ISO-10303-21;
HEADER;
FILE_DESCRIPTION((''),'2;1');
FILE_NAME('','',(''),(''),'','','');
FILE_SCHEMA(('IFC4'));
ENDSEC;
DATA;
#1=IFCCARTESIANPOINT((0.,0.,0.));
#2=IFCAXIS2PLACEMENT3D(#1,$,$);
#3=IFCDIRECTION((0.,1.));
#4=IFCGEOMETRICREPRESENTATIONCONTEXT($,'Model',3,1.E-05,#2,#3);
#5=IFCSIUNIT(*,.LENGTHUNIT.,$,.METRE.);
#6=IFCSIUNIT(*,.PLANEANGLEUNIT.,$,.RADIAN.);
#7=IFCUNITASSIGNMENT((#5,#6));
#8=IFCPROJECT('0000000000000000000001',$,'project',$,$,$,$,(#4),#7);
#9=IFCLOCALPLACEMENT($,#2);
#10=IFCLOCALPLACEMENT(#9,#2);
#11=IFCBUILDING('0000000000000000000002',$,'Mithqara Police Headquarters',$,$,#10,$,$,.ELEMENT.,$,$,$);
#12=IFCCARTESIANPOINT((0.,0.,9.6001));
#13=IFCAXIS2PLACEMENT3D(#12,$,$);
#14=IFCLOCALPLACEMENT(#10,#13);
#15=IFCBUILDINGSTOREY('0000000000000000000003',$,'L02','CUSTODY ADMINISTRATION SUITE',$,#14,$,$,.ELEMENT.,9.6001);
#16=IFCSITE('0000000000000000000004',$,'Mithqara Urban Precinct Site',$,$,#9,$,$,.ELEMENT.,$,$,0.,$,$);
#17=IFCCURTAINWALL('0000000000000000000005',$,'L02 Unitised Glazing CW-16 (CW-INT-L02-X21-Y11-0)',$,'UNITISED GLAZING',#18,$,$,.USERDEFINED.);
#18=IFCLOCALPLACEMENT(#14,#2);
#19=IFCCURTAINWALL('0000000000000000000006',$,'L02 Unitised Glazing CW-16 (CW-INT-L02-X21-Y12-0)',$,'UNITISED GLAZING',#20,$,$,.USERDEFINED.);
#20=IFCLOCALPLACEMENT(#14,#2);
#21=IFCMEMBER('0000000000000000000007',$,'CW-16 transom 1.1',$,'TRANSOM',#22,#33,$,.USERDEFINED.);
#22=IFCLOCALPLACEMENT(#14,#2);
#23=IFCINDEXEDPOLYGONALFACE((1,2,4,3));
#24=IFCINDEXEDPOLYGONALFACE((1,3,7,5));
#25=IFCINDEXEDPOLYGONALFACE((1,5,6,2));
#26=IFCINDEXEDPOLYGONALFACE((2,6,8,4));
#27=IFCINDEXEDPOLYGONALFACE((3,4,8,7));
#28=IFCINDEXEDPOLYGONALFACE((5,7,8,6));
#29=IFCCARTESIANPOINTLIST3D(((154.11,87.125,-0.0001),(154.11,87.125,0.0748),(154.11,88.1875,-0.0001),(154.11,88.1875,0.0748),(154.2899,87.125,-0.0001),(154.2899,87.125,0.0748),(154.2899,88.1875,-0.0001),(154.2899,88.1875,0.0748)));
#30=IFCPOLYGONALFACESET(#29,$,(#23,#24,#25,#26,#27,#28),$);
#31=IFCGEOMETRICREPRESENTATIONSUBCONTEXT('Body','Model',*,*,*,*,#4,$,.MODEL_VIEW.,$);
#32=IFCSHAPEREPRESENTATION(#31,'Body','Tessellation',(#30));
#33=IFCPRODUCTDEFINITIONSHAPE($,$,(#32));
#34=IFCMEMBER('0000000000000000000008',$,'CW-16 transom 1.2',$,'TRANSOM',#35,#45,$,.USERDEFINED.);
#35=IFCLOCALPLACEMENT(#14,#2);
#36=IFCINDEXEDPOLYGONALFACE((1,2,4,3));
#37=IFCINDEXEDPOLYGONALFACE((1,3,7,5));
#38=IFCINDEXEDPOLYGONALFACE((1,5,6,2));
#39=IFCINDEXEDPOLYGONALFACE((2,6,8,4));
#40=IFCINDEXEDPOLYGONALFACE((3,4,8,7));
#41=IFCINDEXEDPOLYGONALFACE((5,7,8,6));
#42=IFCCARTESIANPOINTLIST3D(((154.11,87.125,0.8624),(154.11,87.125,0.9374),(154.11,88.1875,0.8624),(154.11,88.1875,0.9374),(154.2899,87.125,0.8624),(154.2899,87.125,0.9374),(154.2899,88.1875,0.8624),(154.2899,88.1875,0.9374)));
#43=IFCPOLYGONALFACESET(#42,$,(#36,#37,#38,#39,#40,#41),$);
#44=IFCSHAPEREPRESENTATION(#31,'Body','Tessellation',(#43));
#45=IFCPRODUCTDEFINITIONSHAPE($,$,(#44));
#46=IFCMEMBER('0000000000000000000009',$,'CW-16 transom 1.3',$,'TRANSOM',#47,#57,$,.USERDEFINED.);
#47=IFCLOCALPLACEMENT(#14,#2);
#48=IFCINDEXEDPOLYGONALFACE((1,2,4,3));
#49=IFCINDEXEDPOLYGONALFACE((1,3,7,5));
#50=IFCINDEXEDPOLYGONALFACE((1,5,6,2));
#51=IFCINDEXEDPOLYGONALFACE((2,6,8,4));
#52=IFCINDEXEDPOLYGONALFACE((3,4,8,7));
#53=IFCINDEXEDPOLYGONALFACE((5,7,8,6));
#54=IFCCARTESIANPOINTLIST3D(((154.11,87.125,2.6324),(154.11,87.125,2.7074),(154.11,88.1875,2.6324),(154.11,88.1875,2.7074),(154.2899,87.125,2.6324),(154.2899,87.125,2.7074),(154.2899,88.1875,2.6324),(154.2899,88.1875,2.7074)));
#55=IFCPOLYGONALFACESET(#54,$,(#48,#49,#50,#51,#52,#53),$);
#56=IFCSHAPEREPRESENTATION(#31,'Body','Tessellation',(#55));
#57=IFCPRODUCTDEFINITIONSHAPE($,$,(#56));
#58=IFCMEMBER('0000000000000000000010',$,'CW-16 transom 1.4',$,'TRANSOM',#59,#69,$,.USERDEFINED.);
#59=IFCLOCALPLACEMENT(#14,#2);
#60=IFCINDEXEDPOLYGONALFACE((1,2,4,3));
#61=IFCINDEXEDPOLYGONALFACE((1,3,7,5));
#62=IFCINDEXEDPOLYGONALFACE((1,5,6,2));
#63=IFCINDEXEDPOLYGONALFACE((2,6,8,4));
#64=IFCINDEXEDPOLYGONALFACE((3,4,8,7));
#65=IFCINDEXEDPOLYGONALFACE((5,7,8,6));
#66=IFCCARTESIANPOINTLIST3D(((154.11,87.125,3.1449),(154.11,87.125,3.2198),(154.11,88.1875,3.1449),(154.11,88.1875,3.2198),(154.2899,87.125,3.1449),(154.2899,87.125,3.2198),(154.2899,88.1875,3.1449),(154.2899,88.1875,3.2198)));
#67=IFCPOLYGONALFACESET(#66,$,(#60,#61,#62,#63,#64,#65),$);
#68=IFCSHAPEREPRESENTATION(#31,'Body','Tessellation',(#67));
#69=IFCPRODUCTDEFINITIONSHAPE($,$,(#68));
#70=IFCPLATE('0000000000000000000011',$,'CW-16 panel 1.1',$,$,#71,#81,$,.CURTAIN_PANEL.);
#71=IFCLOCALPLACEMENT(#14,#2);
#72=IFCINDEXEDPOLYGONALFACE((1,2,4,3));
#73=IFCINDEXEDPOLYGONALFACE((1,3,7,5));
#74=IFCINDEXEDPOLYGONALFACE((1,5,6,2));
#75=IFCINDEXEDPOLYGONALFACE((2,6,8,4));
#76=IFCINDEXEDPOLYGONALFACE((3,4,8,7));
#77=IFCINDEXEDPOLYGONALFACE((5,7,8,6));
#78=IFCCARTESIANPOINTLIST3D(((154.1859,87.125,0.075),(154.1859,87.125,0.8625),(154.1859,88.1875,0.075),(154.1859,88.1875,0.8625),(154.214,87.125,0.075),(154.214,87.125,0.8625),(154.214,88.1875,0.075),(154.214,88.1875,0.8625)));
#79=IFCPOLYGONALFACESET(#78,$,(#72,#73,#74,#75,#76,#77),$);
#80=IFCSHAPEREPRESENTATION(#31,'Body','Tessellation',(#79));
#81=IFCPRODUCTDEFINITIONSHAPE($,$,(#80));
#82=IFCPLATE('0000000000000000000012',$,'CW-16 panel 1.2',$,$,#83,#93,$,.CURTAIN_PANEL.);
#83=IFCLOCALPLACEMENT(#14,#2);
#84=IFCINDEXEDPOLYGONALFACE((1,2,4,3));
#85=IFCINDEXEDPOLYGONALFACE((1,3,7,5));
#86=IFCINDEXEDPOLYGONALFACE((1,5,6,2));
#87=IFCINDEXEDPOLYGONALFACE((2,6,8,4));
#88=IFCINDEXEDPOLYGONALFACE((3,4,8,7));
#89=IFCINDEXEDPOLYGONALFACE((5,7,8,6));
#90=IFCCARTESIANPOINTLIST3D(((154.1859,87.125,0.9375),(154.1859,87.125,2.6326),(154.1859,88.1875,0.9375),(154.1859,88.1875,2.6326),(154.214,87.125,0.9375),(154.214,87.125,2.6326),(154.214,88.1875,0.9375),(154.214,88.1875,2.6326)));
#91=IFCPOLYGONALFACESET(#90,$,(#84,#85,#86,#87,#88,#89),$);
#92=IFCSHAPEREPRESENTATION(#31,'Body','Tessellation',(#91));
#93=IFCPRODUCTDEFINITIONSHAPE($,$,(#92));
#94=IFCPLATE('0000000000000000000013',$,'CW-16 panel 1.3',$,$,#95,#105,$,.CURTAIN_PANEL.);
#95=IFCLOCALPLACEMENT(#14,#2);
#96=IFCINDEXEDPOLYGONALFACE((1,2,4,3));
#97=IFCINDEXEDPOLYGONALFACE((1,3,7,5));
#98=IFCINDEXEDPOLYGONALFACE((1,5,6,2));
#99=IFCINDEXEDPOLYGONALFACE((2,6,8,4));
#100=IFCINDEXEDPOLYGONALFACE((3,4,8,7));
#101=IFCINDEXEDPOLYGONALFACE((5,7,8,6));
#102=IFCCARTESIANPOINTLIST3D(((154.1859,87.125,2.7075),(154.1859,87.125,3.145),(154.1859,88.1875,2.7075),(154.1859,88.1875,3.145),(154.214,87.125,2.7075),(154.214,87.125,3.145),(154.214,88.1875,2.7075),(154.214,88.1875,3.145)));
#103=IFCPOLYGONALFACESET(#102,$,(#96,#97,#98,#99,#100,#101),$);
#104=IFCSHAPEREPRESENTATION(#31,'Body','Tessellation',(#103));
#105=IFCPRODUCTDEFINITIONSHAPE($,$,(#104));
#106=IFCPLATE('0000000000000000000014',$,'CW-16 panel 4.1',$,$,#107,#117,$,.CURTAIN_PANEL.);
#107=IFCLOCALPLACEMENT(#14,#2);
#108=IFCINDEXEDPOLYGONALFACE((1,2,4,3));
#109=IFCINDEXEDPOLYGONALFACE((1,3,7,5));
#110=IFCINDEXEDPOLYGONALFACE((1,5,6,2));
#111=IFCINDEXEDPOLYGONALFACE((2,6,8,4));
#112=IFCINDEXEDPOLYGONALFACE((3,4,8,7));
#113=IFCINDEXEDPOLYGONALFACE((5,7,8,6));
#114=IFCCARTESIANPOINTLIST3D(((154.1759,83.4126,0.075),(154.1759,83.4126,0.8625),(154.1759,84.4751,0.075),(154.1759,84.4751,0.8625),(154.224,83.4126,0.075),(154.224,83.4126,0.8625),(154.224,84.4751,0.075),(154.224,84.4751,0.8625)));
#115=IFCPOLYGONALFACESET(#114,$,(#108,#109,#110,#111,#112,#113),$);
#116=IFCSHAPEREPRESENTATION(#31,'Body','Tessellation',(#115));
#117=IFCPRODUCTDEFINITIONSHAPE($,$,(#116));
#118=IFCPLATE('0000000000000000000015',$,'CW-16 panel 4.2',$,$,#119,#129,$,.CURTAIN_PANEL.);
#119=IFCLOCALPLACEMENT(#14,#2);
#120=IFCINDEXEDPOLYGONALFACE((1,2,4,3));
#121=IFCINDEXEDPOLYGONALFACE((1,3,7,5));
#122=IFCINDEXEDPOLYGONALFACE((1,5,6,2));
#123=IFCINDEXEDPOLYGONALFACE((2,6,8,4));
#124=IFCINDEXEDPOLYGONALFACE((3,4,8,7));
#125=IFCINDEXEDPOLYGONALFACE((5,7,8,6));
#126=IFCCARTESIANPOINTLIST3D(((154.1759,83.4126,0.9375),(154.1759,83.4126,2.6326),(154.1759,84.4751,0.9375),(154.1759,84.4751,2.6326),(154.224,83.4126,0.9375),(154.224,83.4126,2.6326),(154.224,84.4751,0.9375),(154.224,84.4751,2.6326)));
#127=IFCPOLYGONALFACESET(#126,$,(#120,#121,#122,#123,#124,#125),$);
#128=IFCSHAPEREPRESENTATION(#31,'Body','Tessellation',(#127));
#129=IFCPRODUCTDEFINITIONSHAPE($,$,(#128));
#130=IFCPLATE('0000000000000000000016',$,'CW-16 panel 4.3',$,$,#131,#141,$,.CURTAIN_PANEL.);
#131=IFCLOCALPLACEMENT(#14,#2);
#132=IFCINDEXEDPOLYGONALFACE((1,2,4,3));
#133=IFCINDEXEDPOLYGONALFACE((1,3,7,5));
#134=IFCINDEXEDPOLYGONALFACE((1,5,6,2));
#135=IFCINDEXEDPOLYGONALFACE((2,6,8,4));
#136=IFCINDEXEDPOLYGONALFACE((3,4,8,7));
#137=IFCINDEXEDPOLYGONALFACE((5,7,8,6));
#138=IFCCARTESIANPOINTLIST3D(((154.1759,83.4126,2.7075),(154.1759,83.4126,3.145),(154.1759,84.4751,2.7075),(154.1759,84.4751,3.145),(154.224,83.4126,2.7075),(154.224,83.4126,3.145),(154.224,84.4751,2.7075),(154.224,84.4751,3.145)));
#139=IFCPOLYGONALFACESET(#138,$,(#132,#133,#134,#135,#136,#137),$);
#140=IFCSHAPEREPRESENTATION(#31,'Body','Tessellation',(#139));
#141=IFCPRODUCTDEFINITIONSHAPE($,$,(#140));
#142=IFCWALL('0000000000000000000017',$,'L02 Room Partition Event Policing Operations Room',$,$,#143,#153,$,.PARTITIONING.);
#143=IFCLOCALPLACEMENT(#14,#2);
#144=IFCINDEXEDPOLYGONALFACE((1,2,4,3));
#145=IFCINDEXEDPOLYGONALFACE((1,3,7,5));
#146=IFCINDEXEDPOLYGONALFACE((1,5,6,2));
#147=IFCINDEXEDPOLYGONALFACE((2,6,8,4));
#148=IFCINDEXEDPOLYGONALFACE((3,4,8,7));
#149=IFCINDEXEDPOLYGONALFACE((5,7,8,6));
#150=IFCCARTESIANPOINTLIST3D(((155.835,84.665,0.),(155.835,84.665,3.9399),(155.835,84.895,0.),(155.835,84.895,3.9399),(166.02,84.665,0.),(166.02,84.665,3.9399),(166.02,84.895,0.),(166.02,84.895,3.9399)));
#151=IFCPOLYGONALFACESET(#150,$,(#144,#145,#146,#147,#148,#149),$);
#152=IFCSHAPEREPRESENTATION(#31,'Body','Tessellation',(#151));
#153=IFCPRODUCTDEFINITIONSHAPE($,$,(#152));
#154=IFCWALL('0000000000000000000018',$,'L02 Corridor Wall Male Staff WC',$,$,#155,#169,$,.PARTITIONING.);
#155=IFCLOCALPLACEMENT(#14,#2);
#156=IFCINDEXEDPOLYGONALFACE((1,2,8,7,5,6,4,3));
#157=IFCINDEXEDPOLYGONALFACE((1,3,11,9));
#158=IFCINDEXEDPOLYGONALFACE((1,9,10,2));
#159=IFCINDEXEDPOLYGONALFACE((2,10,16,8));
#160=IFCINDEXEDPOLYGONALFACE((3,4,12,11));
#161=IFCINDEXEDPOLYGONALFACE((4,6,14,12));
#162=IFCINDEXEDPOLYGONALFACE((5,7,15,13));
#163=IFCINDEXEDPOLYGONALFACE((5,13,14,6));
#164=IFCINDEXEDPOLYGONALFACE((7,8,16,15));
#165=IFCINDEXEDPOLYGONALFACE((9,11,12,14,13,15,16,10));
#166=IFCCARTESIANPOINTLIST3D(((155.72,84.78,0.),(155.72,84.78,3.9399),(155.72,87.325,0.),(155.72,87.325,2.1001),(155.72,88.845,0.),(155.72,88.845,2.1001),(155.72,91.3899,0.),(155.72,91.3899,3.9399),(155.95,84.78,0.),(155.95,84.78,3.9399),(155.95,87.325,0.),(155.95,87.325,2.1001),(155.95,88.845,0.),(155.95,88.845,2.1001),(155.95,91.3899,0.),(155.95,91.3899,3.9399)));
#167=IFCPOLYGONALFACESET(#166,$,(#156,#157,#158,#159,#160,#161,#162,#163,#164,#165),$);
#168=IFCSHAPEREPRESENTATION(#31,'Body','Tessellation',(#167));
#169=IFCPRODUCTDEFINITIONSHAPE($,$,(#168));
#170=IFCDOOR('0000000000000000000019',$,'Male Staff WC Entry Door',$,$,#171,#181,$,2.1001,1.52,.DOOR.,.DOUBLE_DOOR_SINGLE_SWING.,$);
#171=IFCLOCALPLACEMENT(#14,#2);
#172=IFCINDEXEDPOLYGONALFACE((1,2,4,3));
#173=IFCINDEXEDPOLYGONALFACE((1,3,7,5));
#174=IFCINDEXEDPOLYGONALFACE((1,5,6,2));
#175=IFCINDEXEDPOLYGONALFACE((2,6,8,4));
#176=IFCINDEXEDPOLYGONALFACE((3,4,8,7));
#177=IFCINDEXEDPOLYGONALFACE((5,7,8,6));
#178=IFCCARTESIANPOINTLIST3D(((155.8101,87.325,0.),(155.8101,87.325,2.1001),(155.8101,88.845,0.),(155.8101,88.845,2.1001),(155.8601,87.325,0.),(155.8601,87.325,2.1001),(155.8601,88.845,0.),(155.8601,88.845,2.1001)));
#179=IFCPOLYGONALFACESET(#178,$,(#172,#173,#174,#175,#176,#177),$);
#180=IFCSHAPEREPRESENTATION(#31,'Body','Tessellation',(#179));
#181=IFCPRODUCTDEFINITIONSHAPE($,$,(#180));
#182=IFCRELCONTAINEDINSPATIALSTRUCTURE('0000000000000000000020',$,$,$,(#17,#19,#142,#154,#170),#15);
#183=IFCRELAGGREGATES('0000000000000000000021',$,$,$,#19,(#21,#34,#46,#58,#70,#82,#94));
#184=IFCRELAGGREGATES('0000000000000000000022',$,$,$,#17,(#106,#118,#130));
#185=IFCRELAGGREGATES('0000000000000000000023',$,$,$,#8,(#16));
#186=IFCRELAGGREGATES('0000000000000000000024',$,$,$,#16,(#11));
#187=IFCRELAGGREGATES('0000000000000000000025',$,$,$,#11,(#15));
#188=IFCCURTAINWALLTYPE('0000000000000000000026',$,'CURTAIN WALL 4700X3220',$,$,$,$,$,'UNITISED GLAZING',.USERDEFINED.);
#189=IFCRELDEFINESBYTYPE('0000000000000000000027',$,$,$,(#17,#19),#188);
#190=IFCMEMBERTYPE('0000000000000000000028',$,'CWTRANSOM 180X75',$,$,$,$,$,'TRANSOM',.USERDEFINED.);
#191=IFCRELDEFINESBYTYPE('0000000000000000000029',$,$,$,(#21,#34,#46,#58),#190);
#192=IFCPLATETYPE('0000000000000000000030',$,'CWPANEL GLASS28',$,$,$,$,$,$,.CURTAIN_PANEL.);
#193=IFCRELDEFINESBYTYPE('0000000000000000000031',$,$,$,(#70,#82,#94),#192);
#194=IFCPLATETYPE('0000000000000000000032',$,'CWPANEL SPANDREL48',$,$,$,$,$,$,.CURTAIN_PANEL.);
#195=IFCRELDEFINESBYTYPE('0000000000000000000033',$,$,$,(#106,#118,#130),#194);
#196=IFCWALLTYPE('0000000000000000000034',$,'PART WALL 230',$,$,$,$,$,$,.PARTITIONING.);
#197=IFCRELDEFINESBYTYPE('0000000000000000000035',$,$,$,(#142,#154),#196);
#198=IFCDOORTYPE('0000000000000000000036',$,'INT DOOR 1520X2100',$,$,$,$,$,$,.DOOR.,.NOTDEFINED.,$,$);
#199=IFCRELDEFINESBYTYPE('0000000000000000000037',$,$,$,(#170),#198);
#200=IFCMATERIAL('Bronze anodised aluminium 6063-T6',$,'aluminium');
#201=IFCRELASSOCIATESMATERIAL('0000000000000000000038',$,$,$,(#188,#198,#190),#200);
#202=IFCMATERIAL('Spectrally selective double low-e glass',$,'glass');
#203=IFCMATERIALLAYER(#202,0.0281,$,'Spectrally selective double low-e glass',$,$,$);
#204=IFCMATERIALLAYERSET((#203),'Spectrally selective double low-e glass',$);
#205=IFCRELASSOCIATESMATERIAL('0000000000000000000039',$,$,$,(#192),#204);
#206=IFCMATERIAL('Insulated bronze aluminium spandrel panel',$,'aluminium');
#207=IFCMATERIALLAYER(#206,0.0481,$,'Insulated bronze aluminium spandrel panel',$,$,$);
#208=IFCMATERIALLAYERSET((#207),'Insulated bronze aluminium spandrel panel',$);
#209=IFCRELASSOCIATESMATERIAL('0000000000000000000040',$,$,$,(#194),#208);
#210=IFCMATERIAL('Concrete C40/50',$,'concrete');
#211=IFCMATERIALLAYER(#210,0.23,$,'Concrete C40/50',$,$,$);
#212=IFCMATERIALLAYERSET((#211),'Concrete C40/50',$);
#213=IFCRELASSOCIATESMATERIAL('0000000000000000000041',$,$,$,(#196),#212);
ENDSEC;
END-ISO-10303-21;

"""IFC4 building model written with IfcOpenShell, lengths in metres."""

from ifc_helpers import new_model, si_unit, direction, frame, frame_2d, origin, origin_2d, place, context, subcontext, project, spatial, rectangle, extrude, material, layer, layer_set, material_profile, profile_set, type_object, element, fill, aggregate, save


model = new_model("IFC4")

# Units and contexts
model_context = context("Model", 3, precision=1e-05, world=origin(), true_north=direction((0.0, 1.0)))
body_context = subcontext(model_context, "Body", "Model", "MODEL_VIEW")
ifc_project = project(units=[si_unit("LENGTHUNIT", "METRE"), si_unit("PLANEANGLEUNIT", "RADIAN")], contexts=[model_context])

# Site, building, storey
site_placement = place(None, origin())
site = spatial("IfcSite", under=ifc_project, at=site_placement, Name="Mithqara Urban Precinct Site", CompositionType="ELEMENT", RefElevation=0.0)
building_placement = place(site_placement, origin())
building = spatial("IfcBuilding", under=site, at=building_placement, Name="Mithqara Police Headquarters", CompositionType="ELEMENT")
storey_placement = place(building_placement, frame((0.0, 0.0, 9.6001)))
storey = spatial("IfcBuildingStorey", under=building, at=storey_placement, Name="L02", Description="CUSTODY ADMINISTRATION SUITE", CompositionType="ELEMENT", Elevation=9.6001)

# Shared definitions
ifc_material_1 = material(Name="Concrete C40/50", Category="concrete")

# Curtain walls
ifc_material_2 = material(Name="Bronze anodised aluminium 6063-T6", Category="aluminium")
curtain_wall_type = type_object("IfcCurtainWallType", Name="CURTAIN WALL 4700X3220", ElementType="UNITISED GLAZING", PredefinedType="USERDEFINED", material=ifc_material_2)
curtain_wall_1_placement = place(storey_placement, origin())
curtain_wall_1 = element("IfcCurtainWall", 1, at=curtain_wall_1_placement, inside=storey, type_object=curtain_wall_type, Name="L02 Unitised Glazing CW-16 (CW-INT-L02-X21-Y11-0)", ObjectType="UNITISED GLAZING", PredefinedType="USERDEFINED")
curtain_wall_2_placement = place(storey_placement, origin())
curtain_wall_2 = element("IfcCurtainWall", 2, at=curtain_wall_2_placement, inside=storey, type_object=curtain_wall_type, Name="L02 Unitised Glazing CW-16 (CW-INT-L02-X21-Y12-0)", ObjectType="UNITISED GLAZING", PredefinedType="USERDEFINED")

# Members
ifc_material_profile_1 = material_profile(ifc_material_2, rectangle(XDim=0.1799, YDim=0.075, at=origin_2d()), Name="CWT 180x75")
ifc_profile_set_1 = profile_set([ifc_material_profile_1], Name="Bronze anodised aluminium 6063-T6")
member_type_1 = type_object("IfcMemberType", Name="CWTRANSOM 180X75", ElementType="TRANSOM", PredefinedType="USERDEFINED", material=ifc_profile_set_1)
member_1_placement = place(storey_placement, frame((154.2, 87.125, 0.0374), z_axis=(0.0, 1.0, 0.0), x_axis=(-1.0, 0.0, 0.0)))
member_1 = element("IfcMember", 3, at=member_1_placement, type_object=member_type_1, Name="CW-16 transom 1.1", ObjectType="TRANSOM", PredefinedType="USERDEFINED", context=body_context, shape_type="SweptSolid", body=[
    extrude(rectangle(XDim=0.1799, YDim=0.075, at=origin_2d()), origin(), (0.0, 0.0, 1.0), 1.0625),
])
member_2_placement = place(storey_placement, frame((154.2, 87.125, 0.8999), z_axis=(0.0, 1.0, 0.0), x_axis=(-1.0, 0.0, 0.0)))
member_2 = element("IfcMember", 4, at=member_2_placement, type_object=member_type_1, Name="CW-16 transom 1.2", ObjectType="TRANSOM", PredefinedType="USERDEFINED", context=body_context, shape_type="SweptSolid", body=[
    extrude(rectangle(XDim=0.1799, YDim=0.075, at=origin_2d()), origin(), (0.0, 0.0, 1.0), 1.0625),
])
member_3_placement = place(storey_placement, frame((154.2, 87.125, 2.6699), z_axis=(0.0, 1.0, 0.0), x_axis=(-1.0, 0.0, 0.0)))
member_3 = element("IfcMember", 5, at=member_3_placement, type_object=member_type_1, Name="CW-16 transom 1.3", ObjectType="TRANSOM", PredefinedType="USERDEFINED", context=body_context, shape_type="SweptSolid", body=[
    extrude(rectangle(XDim=0.1799, YDim=0.075, at=origin_2d()), origin(), (0.0, 0.0, 1.0), 1.0625),
])
member_4_placement = place(storey_placement, frame((154.2, 87.125, 3.1824), z_axis=(0.0, 1.0, 0.0), x_axis=(-1.0, 0.0, 0.0)))
member_4 = element("IfcMember", 6, at=member_4_placement, type_object=member_type_1, Name="CW-16 transom 1.4", ObjectType="TRANSOM", PredefinedType="USERDEFINED", context=body_context, shape_type="SweptSolid", body=[
    extrude(rectangle(XDim=0.1799, YDim=0.075, at=origin_2d()), origin(), (0.0, 0.0, 1.0), 1.0625),
])

# Plates
ifc_material_3 = material(Name="Spectrally selective double low-e glass", Category="glass")
ifc_layer_1 = layer(ifc_material_3, 0.0281, Name="Spectrally selective double low-e glass")
ifc_layer_set_1 = layer_set([ifc_layer_1], Name="Spectrally selective double low-e glass")
plate_type_1 = type_object("IfcPlateType", Name="CWPANEL GLASS28", PredefinedType="CURTAIN_PANEL", material=ifc_layer_set_1)
plate_1_placement = place(storey_placement, frame((154.2, 87.6562, 0.075), z_axis=(0.0, 0.0, 1.0), x_axis=(0.0, 1.0, 0.0)))
plate_1 = element("IfcPlate", 7, at=plate_1_placement, type_object=plate_type_1, Name="CW-16 panel 1.1", PredefinedType="CURTAIN_PANEL", context=body_context, shape_type="SweptSolid", body=[
    extrude(rectangle(XDim=1.0625, YDim=0.0281, at=origin_2d()), origin(), (0.0, 0.0, 1.0), 0.7876),
])
plate_2_placement = place(storey_placement, frame((154.2, 87.6562, 0.9375), z_axis=(0.0, 0.0, 1.0), x_axis=(0.0, 1.0, 0.0)))
plate_2 = element("IfcPlate", 8, at=plate_2_placement, type_object=plate_type_1, Name="CW-16 panel 1.2", PredefinedType="CURTAIN_PANEL", context=body_context, shape_type="SweptSolid", body=[
    extrude(rectangle(XDim=1.0625, YDim=0.0281, at=origin_2d()), origin(), (0.0, 0.0, 1.0), 1.6951),
])
plate_3_placement = place(storey_placement, frame((154.2, 87.6562, 2.7075), z_axis=(0.0, 0.0, 1.0), x_axis=(0.0, 1.0, 0.0)))
plate_3 = element("IfcPlate", 9, at=plate_3_placement, type_object=plate_type_1, Name="CW-16 panel 1.3", PredefinedType="CURTAIN_PANEL", context=body_context, shape_type="SweptSolid", body=[
    extrude(rectangle(XDim=1.0625, YDim=0.0281, at=origin_2d()), origin(), (0.0, 0.0, 1.0), 0.4375),
])
aggregate(curtain_wall_2, [member_1, member_2, member_3, member_4, plate_1, plate_2, plate_3])
ifc_material_4 = material(Name="Insulated bronze aluminium spandrel panel", Category="aluminium")
ifc_layer_2 = layer(ifc_material_4, 0.0481, Name="Insulated bronze aluminium spandrel panel")
ifc_layer_set_2 = layer_set([ifc_layer_2], Name="Insulated bronze aluminium spandrel panel")
plate_type_2 = type_object("IfcPlateType", Name="CWPANEL SPANDREL48", PredefinedType="CURTAIN_PANEL", material=ifc_layer_set_2)
plate_4_placement = place(storey_placement, frame((154.2, 83.9438, 0.075), z_axis=(0.0, 0.0, 1.0), x_axis=(0.0, 1.0, 0.0)))
plate_4 = element("IfcPlate", 10, at=plate_4_placement, type_object=plate_type_2, Name="CW-16 panel 4.1", PredefinedType="CURTAIN_PANEL", context=body_context, shape_type="SweptSolid", body=[
    extrude(rectangle(XDim=1.0625, YDim=0.0481, at=origin_2d()), origin(), (0.0, 0.0, 1.0), 0.7876),
])
plate_5_placement = place(storey_placement, frame((154.2, 83.9438, 0.9375), z_axis=(0.0, 0.0, 1.0), x_axis=(0.0, 1.0, 0.0)))
plate_5 = element("IfcPlate", 11, at=plate_5_placement, type_object=plate_type_2, Name="CW-16 panel 4.2", PredefinedType="CURTAIN_PANEL", context=body_context, shape_type="SweptSolid", body=[
    extrude(rectangle(XDim=1.0625, YDim=0.0481, at=origin_2d()), origin(), (0.0, 0.0, 1.0), 1.6951),
])
plate_6_placement = place(storey_placement, frame((154.2, 83.9438, 2.7075), z_axis=(0.0, 0.0, 1.0), x_axis=(0.0, 1.0, 0.0)))
plate_6 = element("IfcPlate", 12, at=plate_6_placement, type_object=plate_type_2, Name="CW-16 panel 4.3", PredefinedType="CURTAIN_PANEL", context=body_context, shape_type="SweptSolid", body=[
    extrude(rectangle(XDim=1.0625, YDim=0.0481, at=origin_2d()), origin(), (0.0, 0.0, 1.0), 0.4375),
])
aggregate(curtain_wall_1, [plate_4, plate_5, plate_6])

# Wall
ifc_layer_3 = layer(ifc_material_1, 0.23, Name="Concrete C40/50")
ifc_layer_set_3 = layer_set([ifc_layer_3], Name="Concrete C40/50")
wall_type = type_object("IfcWallType", Name="PART WALL 230", PredefinedType="PARTITIONING", material=ifc_layer_set_3)
wall_1_placement = place(storey_placement, frame((155.835, 84.78, 0.0), z_axis=(0.0, 0.0, 1.0), x_axis=(1.0, 0.0, 0.0)))
element("IfcWall", 13, at=wall_1_placement, inside=storey, type_object=wall_type, Name="L02 Room Partition Event Policing Operations Room", PredefinedType="PARTITIONING", context=body_context, shape_type="SweptSolid", body=[
    extrude(rectangle(XDim=10.1851, YDim=0.23, at=frame_2d((5.0925, 0.0))), origin(), (0.0, 0.0, 1.0), 3.9399),
])

# Wall, opening, door
wall_2_placement = place(storey_placement, frame((155.835, 84.78, 0.0), z_axis=(0.0, 0.0, 1.0), x_axis=(0.0, 1.0, 0.0)))
wall_2 = element("IfcWall", 14, at=wall_2_placement, inside=storey, type_object=wall_type, Name="L02 Corridor Wall Male Staff WC", PredefinedType="PARTITIONING", context=body_context, shape_type="SweptSolid", body=[
    extrude(rectangle(XDim=6.6099, YDim=0.23, at=frame_2d((3.3049, 0.0))), origin(), (0.0, 0.0, 1.0), 3.9399),
])
opening_placement = place(wall_2_placement, frame((2.5449, 0.0, 0.0)))
opening = element("IfcOpeningElement", 15, at=opening_placement, cuts=wall_2, PredefinedType="OPENING", context=body_context, shape_type="SweptSolid", body=[
    extrude(rectangle(XDim=1.52, YDim=2.1001, at=frame_2d((0.76, 1.05))), frame((0.0, 0.125, 0.0), z_axis=(0.0, -1.0, 0.0), x_axis=(1.0, 0.0, 0.0)), (0.0, 0.0, 1.0), 0.25),
])
door_type = type_object("IfcDoorType", Name="INT DOOR 1520X2100", OperationType="NOTDEFINED", PredefinedType="DOOR", material=ifc_material_2)
door_placement = place(opening_placement, origin())
door = element("IfcDoor", 16, at=door_placement, inside=storey, type_object=door_type, Name="Male Staff WC Entry Door", OperationType="DOUBLE_DOOR_SINGLE_SWING", OverallHeight=2.1001, OverallWidth=1.52, PredefinedType="DOOR", context=body_context, shape_type="SweptSolid", body=[
    extrude(rectangle(XDim=1.52, YDim=2.1001, at=frame_2d((0.76, 1.05))), frame((0.0, 0.0249, 0.0), z_axis=(0.0, -1.0, 0.0), x_axis=(1.0, 0.0, 0.0)), (0.0, 0.0, 1.0), 0.05),
])
fill(opening, door)

save(model, "model.ifc")
